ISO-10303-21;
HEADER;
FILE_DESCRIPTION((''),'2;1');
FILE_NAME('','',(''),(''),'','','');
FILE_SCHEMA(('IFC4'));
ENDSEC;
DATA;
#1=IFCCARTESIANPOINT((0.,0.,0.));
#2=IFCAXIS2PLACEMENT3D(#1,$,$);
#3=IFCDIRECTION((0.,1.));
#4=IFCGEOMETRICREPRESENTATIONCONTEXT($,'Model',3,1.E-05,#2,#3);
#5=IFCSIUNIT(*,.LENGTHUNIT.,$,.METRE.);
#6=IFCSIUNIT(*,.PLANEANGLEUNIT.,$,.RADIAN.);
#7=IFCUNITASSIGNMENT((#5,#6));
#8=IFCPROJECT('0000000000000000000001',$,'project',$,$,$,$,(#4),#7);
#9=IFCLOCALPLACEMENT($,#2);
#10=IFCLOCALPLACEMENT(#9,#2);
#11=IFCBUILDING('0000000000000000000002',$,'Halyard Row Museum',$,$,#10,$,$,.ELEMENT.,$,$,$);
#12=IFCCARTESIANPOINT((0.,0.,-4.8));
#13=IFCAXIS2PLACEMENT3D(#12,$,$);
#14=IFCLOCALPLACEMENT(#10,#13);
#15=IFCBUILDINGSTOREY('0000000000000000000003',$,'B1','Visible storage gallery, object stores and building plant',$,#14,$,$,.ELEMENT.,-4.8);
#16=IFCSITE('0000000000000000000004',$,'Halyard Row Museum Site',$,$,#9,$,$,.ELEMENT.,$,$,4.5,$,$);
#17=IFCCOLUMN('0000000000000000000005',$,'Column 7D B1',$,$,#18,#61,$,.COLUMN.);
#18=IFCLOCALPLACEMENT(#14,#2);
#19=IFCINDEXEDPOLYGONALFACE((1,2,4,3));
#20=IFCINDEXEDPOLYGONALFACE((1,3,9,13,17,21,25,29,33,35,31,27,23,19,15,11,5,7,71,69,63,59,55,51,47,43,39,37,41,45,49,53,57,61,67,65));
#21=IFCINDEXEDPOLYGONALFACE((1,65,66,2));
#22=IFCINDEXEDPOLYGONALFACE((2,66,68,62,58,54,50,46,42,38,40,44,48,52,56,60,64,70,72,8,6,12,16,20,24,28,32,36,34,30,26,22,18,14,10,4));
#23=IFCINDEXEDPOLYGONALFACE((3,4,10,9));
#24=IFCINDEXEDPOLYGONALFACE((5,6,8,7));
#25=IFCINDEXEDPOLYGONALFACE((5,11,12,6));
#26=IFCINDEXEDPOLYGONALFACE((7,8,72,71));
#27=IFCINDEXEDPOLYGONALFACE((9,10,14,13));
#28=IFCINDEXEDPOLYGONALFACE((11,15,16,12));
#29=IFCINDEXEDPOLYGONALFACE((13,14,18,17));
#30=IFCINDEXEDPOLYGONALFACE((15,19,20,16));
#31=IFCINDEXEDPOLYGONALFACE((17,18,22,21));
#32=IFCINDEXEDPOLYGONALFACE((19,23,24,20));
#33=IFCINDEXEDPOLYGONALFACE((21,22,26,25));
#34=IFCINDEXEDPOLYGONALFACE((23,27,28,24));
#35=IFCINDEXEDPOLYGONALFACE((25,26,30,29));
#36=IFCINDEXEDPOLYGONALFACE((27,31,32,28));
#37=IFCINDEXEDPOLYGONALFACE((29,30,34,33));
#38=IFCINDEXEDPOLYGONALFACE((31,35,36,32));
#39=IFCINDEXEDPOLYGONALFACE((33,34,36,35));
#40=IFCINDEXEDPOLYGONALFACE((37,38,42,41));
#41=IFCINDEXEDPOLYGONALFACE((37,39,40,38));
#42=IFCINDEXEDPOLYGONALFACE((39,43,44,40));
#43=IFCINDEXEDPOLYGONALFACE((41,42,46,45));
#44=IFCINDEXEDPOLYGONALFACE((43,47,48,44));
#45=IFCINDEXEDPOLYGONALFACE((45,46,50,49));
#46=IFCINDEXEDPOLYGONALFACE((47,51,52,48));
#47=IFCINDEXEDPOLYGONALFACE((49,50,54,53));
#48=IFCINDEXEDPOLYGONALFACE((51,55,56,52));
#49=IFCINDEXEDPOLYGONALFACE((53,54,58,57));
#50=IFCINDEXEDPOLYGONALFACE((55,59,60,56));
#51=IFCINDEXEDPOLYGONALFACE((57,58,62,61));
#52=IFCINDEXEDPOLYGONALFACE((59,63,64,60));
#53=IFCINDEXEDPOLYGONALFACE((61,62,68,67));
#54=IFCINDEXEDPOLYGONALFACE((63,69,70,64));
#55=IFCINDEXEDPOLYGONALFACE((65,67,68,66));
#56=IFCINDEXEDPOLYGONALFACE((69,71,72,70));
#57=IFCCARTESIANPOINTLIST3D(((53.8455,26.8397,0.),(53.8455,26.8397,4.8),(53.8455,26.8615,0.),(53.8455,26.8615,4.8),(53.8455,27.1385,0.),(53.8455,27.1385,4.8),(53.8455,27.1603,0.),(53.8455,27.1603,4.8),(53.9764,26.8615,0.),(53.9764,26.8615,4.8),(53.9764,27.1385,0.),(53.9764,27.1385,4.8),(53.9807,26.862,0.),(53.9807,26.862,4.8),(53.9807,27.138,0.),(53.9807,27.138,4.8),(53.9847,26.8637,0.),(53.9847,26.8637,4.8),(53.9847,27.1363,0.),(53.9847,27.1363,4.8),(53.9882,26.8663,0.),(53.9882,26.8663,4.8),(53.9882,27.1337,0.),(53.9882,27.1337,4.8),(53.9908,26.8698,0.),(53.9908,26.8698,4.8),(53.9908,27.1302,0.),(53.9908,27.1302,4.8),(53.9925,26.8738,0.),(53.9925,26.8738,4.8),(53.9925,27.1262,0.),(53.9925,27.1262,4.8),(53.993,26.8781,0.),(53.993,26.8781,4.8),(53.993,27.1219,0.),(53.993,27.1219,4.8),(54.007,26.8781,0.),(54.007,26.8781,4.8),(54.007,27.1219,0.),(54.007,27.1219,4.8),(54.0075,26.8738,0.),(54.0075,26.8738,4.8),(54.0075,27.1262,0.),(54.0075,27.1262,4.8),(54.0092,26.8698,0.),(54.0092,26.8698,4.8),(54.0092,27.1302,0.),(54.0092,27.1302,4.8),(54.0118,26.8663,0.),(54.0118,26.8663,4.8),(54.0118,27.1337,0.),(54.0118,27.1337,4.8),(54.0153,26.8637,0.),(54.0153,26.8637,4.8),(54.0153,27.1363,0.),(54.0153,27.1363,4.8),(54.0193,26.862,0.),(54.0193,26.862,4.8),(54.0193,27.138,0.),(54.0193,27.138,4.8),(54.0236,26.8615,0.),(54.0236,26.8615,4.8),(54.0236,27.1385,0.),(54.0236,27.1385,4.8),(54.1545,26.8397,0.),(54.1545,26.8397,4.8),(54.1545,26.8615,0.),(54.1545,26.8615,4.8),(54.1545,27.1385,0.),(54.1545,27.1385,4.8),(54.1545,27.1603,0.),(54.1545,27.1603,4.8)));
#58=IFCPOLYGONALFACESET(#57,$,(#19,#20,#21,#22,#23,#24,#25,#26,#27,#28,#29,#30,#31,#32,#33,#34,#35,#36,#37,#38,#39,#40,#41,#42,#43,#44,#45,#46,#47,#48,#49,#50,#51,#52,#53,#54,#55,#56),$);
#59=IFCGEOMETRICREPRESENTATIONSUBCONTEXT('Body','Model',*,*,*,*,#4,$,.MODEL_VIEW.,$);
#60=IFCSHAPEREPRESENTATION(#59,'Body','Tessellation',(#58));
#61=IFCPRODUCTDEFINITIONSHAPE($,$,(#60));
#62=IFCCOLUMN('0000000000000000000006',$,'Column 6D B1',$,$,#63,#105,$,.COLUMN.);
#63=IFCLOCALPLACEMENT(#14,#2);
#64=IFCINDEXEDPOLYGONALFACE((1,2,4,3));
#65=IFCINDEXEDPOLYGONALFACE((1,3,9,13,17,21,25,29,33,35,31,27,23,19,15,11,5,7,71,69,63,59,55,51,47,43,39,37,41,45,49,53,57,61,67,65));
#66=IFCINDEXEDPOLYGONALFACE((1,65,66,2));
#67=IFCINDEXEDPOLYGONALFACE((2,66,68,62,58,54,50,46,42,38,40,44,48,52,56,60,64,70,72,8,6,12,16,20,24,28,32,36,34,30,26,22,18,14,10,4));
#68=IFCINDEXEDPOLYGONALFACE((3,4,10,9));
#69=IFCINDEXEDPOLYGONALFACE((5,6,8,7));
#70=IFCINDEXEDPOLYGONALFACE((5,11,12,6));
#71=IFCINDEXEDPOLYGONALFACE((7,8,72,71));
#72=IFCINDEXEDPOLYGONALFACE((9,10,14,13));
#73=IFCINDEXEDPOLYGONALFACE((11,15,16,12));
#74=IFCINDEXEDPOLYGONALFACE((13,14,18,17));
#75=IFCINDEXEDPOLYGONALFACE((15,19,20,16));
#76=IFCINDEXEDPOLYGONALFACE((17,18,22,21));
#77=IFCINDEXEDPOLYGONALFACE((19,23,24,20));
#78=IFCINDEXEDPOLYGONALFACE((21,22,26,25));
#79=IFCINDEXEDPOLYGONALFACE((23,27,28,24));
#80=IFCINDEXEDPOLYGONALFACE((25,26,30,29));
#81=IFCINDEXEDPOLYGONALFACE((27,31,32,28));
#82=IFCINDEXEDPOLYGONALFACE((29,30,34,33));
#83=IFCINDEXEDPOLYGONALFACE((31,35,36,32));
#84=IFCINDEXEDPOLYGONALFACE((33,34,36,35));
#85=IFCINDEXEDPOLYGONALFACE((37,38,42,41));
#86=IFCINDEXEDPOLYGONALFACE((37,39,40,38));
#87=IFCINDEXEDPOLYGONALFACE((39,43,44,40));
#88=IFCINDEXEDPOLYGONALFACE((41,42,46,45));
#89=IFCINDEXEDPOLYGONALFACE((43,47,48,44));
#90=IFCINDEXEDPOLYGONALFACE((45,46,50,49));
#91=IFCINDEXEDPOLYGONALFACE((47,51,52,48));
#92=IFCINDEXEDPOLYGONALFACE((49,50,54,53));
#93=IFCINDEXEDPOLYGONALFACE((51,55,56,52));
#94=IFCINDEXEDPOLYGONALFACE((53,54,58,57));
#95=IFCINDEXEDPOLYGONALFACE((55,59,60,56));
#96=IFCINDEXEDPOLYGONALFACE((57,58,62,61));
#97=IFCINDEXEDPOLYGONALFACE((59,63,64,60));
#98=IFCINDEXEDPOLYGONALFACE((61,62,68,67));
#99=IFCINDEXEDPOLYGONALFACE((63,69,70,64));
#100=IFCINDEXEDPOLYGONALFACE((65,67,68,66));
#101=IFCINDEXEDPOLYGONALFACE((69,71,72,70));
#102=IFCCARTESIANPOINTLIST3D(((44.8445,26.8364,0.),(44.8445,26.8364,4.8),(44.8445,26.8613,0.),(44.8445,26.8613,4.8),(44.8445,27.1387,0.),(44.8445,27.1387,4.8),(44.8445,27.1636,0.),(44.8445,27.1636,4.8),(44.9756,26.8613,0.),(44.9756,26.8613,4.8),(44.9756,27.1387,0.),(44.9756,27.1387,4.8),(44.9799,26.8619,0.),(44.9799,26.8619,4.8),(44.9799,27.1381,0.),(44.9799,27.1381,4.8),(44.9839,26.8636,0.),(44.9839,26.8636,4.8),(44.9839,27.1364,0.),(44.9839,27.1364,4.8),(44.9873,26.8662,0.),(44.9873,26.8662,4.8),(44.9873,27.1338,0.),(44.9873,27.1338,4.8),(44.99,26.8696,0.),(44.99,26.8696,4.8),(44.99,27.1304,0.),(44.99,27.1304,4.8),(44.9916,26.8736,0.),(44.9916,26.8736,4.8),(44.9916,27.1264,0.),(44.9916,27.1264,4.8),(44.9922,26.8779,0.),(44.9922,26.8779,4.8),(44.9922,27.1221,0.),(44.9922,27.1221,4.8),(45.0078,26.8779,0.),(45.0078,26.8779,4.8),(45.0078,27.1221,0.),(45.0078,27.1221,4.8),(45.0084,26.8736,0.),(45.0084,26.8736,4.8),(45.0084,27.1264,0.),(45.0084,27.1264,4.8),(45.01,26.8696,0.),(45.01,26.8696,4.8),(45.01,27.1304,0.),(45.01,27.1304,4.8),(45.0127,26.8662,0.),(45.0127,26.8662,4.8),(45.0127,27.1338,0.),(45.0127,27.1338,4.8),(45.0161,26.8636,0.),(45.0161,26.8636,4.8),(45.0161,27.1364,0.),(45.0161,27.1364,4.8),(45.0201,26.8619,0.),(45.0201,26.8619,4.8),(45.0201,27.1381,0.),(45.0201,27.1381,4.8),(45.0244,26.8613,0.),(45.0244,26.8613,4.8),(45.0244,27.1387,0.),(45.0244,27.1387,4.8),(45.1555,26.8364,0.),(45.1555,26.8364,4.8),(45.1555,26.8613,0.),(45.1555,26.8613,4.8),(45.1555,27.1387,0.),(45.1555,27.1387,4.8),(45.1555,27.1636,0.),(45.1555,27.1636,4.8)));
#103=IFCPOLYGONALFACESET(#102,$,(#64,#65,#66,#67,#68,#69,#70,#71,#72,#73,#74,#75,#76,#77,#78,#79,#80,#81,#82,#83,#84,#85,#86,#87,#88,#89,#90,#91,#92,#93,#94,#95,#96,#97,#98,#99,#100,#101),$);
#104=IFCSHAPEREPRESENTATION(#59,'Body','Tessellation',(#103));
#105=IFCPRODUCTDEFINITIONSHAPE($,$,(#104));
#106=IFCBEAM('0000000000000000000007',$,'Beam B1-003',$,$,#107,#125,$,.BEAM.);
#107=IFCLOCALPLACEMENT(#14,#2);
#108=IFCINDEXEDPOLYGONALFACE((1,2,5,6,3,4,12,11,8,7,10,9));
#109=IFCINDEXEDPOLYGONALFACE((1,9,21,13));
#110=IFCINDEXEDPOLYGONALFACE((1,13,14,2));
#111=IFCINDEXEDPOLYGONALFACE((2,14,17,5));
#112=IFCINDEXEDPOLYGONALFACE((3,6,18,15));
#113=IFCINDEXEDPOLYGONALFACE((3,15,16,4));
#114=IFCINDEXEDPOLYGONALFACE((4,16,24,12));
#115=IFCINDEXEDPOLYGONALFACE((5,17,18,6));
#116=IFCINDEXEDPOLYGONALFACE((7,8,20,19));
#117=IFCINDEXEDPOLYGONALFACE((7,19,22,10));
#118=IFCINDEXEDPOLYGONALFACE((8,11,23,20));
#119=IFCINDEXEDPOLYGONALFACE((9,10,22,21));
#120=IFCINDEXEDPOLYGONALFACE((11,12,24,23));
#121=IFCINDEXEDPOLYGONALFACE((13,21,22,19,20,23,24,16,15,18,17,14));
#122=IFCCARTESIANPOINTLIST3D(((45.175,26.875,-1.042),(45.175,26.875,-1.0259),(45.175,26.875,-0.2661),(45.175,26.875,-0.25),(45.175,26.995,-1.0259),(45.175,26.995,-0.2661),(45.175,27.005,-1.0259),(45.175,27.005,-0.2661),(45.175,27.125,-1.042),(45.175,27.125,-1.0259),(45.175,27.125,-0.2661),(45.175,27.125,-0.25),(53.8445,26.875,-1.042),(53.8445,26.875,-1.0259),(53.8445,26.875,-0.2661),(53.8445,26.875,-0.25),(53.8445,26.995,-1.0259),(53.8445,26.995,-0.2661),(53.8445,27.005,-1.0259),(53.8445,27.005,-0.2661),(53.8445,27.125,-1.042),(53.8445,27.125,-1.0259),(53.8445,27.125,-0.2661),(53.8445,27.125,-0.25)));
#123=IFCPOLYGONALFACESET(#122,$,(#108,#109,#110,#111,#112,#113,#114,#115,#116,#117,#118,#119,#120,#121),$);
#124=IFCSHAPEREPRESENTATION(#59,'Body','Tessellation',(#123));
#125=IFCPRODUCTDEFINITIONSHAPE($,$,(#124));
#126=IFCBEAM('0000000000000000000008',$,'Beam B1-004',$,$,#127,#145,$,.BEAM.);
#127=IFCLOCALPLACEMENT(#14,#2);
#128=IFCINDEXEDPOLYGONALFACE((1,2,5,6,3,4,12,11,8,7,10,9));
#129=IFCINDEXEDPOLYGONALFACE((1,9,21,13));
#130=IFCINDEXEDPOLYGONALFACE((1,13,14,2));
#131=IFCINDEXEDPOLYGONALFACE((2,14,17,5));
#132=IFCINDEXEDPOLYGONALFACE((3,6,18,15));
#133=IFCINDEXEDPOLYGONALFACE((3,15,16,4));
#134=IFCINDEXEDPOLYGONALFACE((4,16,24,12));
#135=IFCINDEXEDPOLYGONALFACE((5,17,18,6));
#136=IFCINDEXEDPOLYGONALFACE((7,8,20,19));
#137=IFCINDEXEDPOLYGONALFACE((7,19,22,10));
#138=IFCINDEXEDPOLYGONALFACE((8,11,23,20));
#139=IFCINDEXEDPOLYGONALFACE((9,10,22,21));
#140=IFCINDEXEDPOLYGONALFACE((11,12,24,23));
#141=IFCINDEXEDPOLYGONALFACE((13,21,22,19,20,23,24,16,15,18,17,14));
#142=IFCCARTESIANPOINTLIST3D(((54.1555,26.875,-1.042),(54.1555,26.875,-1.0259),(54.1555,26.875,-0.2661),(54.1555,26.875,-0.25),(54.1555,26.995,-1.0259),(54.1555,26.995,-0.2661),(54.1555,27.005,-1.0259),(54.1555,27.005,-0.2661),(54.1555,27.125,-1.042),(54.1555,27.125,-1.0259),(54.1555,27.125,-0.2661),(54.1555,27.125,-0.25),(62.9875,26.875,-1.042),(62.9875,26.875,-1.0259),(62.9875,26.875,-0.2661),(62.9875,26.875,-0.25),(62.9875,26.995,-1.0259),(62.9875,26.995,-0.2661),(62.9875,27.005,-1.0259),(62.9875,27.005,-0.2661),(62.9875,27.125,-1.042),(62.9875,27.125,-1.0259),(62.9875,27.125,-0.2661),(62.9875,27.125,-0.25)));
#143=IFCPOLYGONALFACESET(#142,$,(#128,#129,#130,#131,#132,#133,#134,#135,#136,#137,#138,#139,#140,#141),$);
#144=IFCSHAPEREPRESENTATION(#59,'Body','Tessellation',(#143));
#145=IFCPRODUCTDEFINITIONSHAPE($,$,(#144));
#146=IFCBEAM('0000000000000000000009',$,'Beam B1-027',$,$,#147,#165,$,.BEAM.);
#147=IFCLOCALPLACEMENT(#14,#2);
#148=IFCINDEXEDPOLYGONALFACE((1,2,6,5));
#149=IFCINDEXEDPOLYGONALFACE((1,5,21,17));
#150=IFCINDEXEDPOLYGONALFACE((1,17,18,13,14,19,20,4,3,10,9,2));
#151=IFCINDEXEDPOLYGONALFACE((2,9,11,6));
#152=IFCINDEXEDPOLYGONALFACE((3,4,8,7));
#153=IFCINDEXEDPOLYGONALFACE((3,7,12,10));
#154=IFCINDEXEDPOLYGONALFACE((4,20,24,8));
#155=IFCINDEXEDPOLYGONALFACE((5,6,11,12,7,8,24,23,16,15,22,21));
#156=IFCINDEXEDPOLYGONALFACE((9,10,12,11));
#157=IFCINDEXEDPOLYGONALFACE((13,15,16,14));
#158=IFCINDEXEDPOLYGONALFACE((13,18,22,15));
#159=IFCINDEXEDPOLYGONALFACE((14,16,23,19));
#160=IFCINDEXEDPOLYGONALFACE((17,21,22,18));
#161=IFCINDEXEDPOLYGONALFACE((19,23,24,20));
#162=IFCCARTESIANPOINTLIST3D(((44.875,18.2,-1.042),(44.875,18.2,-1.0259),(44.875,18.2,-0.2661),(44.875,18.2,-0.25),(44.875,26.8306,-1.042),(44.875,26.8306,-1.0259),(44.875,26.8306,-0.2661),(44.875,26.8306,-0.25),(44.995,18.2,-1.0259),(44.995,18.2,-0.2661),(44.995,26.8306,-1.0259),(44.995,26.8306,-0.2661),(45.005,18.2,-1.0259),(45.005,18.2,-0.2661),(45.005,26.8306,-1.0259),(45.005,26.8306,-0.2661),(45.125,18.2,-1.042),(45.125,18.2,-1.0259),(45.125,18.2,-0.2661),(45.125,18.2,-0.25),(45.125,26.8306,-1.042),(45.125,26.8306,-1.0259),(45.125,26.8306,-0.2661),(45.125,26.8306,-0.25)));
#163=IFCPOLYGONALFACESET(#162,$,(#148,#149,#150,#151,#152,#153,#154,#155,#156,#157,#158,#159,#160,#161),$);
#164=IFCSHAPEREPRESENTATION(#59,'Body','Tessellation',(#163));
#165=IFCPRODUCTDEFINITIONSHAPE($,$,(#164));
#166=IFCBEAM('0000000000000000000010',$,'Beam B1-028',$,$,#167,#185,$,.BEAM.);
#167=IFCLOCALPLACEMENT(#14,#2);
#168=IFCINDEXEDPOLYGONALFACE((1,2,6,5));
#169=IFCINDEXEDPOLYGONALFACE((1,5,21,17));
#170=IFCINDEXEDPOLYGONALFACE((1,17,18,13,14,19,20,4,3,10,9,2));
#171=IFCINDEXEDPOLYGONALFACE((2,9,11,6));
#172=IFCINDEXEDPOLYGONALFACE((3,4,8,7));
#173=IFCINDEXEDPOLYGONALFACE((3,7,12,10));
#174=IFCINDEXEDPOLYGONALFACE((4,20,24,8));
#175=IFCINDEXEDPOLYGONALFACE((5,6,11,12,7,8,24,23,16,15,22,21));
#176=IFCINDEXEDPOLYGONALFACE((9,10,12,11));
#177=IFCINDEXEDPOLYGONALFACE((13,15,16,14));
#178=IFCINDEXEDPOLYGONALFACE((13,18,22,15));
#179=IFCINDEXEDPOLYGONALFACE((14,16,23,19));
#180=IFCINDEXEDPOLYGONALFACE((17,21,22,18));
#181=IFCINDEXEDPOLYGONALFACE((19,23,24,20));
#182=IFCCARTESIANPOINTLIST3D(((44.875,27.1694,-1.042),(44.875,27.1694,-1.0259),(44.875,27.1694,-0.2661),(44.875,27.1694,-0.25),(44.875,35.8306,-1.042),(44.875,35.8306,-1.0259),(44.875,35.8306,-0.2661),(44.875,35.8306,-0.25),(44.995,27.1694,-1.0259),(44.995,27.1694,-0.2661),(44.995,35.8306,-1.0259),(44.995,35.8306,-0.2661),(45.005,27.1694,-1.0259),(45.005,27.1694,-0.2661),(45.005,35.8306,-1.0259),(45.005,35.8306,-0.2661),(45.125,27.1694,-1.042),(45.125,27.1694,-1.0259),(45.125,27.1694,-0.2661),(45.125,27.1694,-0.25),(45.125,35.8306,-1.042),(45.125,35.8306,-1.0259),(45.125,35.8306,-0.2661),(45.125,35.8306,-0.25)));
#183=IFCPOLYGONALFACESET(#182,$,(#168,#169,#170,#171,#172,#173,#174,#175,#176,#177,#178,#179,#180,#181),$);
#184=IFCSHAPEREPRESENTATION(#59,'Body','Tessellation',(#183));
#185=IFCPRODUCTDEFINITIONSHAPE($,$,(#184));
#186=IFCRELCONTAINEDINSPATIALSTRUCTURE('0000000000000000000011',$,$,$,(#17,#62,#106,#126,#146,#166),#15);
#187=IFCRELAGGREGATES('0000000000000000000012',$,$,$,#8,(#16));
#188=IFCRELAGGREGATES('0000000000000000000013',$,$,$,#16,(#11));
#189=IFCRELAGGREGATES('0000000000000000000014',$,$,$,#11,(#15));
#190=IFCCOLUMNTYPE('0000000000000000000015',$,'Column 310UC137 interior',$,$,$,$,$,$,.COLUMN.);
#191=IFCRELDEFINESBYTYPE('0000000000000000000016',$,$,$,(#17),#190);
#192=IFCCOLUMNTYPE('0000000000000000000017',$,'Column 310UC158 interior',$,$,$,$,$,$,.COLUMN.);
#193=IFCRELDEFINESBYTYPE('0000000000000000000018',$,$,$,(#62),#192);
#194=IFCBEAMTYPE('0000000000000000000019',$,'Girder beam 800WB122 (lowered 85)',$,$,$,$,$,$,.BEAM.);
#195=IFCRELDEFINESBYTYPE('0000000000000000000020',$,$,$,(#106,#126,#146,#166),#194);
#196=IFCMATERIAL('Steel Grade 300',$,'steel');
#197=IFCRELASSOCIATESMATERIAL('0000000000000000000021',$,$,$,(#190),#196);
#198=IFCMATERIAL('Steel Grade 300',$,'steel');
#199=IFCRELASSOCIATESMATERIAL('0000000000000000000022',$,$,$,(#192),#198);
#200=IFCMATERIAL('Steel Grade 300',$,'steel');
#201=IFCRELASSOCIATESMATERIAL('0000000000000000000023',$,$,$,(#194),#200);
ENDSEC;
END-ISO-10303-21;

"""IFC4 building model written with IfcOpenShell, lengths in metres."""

from ifc_helpers import new_model, si_unit, direction, frame, origin, origin_2d, place, context, subcontext, project, spatial, i_section, extrude, material, material_profile, profile_set, type_object, element, save


model = new_model("IFC4")

# Units and contexts
model_context = context("Model", 3, precision=1e-05, world=origin(), true_north=direction((0.0, 1.0)))
body_context = subcontext(model_context, "Body", "Model", "MODEL_VIEW")
ifc_project = project(units=[si_unit("LENGTHUNIT", "METRE"), si_unit("PLANEANGLEUNIT", "RADIAN")], contexts=[model_context])

# Site, building, storey
site_placement = place(None, origin())
site = spatial("IfcSite", under=ifc_project, at=site_placement, Name="Halyard Row Museum Site", CompositionType="ELEMENT", RefElevation=4.5)
building_placement = place(site_placement, origin())
building = spatial("IfcBuilding", under=site, at=building_placement, Name="Halyard Row Museum", CompositionType="ELEMENT")
storey_placement = place(building_placement, frame((0.0, 0.0, -4.8)))
storey = spatial("IfcBuildingStorey", under=building, at=storey_placement, Name="B1", Description="Visible storage gallery, object stores and building plant", CompositionType="ELEMENT", Elevation=-4.8)

# Columns
ifc_material_1 = material(Name="Steel Grade 300", Category="steel")
ifc_material_profile_1 = material_profile(ifc_material_1, i_section(OverallWidth=0.3091, OverallDepth=0.3206, WebThickness=0.0139, FlangeThickness=0.0217, FilletRadius=0.0166, at=origin_2d()), Name="310UC137")
ifc_profile_set_1 = profile_set([ifc_material_profile_1], Name="Steel Grade 300")
column_type_1 = type_object("IfcColumnType", Name="Column 310UC137 interior", PredefinedType="COLUMN", material=ifc_profile_set_1)
column_1_placement = place(storey_placement, frame((54.0, 27.0, 0.0), z_axis=(0.0, 0.0, 1.0), x_axis=(1.0, 0.0, 0.0)))
element("IfcColumn", 1, at=column_1_placement, inside=storey, type_object=column_type_1, Name="Column 7D B1", PredefinedType="COLUMN", context=body_context, shape_type="SweptSolid", body=[
    extrude(i_section(OverallWidth=0.3091, OverallDepth=0.3206, WebThickness=0.0139, FlangeThickness=0.0217, FilletRadius=0.0166, at=origin_2d()), origin(), (0.0, 0.0, 1.0), 4.8),
])
ifc_material_2 = material(Name="Steel Grade 300", Category="steel")
ifc_material_profile_2 = material_profile(ifc_material_2, i_section(OverallWidth=0.311, OverallDepth=0.3271, WebThickness=0.0156, FlangeThickness=0.0249, FilletRadius=0.0166, at=origin_2d()), Name="310UC158")
ifc_profile_set_2 = profile_set([ifc_material_profile_2], Name="Steel Grade 300")
column_type_2 = type_object("IfcColumnType", Name="Column 310UC158 interior", PredefinedType="COLUMN", material=ifc_profile_set_2)
column_2_placement = place(storey_placement, frame((45.0, 27.0, 0.0), z_axis=(0.0, 0.0, 1.0), x_axis=(1.0, 0.0, 0.0)))
element("IfcColumn", 2, at=column_2_placement, inside=storey, type_object=column_type_2, Name="Column 6D B1", PredefinedType="COLUMN", context=body_context, shape_type="SweptSolid", body=[
    extrude(i_section(OverallWidth=0.311, OverallDepth=0.3271, WebThickness=0.0156, FlangeThickness=0.0249, FilletRadius=0.0166, at=origin_2d()), origin(), (0.0, 0.0, 1.0), 4.8),
])

# Beams
ifc_material_3 = material(Name="Steel Grade 300", Category="steel")
ifc_material_profile_3 = material_profile(ifc_material_3, i_section(OverallWidth=0.25, OverallDepth=0.792, WebThickness=0.01, FlangeThickness=0.0161, at=origin_2d()), Name="800WB122")
ifc_profile_set_3 = profile_set([ifc_material_profile_3], Name="Steel Grade 300")
beam_type_1 = type_object("IfcBeamType", Name="Girder beam 800WB122 (lowered 85)", PredefinedType="BEAM", material=ifc_profile_set_3)
beam_1_placement = place(storey_placement, frame((45.175, 27.0, -0.646), z_axis=(1.0, 0.0, 0.0), x_axis=(0.0, 1.0, 0.0)))
element("IfcBeam", 3, at=beam_1_placement, inside=storey, type_object=beam_type_1, Name="Beam B1-003", PredefinedType="BEAM", context=body_context, shape_type="SweptSolid", body=[
    extrude(i_section(OverallWidth=0.25, OverallDepth=0.792, WebThickness=0.01, FlangeThickness=0.0161, at=origin_2d()), origin(), (0.0, 0.0, 1.0), 8.6694),
])
beam_2_placement = place(storey_placement, frame((54.1555, 27.0, -0.646), z_axis=(1.0, 0.0, 0.0), x_axis=(0.0, 1.0, 0.0)))
element("IfcBeam", 4, at=beam_2_placement, inside=storey, type_object=beam_type_1, Name="Beam B1-004", PredefinedType="BEAM", context=body_context, shape_type="SweptSolid", body=[
    extrude(i_section(OverallWidth=0.25, OverallDepth=0.792, WebThickness=0.01, FlangeThickness=0.0161, at=origin_2d()), origin(), (0.0, 0.0, 1.0), 8.832),
])
beam_3_placement = place(storey_placement, frame((45.0, 18.2, -0.646), z_axis=(0.0, 1.0, 0.0), x_axis=(-1.0, 0.0, 0.0)))
element("IfcBeam", 5, at=beam_3_placement, inside=storey, type_object=beam_type_1, Name="Beam B1-027", PredefinedType="BEAM", context=body_context, shape_type="SweptSolid", body=[
    extrude(i_section(OverallWidth=0.25, OverallDepth=0.792, WebThickness=0.01, FlangeThickness=0.0161, at=origin_2d()), origin(), (0.0, 0.0, 1.0), 8.6306),
])
beam_4_placement = place(storey_placement, frame((45.0, 27.1694, -0.646), z_axis=(0.0, 1.0, 0.0), x_axis=(-1.0, 0.0, 0.0)))
element("IfcBeam", 6, at=beam_4_placement, inside=storey, type_object=beam_type_1, Name="Beam B1-028", PredefinedType="BEAM", context=body_context, shape_type="SweptSolid", body=[
    extrude(i_section(OverallWidth=0.25, OverallDepth=0.792, WebThickness=0.01, FlangeThickness=0.0161, at=origin_2d()), origin(), (0.0, 0.0, 1.0), 8.6611),
])

save(model, "model.ifc")
